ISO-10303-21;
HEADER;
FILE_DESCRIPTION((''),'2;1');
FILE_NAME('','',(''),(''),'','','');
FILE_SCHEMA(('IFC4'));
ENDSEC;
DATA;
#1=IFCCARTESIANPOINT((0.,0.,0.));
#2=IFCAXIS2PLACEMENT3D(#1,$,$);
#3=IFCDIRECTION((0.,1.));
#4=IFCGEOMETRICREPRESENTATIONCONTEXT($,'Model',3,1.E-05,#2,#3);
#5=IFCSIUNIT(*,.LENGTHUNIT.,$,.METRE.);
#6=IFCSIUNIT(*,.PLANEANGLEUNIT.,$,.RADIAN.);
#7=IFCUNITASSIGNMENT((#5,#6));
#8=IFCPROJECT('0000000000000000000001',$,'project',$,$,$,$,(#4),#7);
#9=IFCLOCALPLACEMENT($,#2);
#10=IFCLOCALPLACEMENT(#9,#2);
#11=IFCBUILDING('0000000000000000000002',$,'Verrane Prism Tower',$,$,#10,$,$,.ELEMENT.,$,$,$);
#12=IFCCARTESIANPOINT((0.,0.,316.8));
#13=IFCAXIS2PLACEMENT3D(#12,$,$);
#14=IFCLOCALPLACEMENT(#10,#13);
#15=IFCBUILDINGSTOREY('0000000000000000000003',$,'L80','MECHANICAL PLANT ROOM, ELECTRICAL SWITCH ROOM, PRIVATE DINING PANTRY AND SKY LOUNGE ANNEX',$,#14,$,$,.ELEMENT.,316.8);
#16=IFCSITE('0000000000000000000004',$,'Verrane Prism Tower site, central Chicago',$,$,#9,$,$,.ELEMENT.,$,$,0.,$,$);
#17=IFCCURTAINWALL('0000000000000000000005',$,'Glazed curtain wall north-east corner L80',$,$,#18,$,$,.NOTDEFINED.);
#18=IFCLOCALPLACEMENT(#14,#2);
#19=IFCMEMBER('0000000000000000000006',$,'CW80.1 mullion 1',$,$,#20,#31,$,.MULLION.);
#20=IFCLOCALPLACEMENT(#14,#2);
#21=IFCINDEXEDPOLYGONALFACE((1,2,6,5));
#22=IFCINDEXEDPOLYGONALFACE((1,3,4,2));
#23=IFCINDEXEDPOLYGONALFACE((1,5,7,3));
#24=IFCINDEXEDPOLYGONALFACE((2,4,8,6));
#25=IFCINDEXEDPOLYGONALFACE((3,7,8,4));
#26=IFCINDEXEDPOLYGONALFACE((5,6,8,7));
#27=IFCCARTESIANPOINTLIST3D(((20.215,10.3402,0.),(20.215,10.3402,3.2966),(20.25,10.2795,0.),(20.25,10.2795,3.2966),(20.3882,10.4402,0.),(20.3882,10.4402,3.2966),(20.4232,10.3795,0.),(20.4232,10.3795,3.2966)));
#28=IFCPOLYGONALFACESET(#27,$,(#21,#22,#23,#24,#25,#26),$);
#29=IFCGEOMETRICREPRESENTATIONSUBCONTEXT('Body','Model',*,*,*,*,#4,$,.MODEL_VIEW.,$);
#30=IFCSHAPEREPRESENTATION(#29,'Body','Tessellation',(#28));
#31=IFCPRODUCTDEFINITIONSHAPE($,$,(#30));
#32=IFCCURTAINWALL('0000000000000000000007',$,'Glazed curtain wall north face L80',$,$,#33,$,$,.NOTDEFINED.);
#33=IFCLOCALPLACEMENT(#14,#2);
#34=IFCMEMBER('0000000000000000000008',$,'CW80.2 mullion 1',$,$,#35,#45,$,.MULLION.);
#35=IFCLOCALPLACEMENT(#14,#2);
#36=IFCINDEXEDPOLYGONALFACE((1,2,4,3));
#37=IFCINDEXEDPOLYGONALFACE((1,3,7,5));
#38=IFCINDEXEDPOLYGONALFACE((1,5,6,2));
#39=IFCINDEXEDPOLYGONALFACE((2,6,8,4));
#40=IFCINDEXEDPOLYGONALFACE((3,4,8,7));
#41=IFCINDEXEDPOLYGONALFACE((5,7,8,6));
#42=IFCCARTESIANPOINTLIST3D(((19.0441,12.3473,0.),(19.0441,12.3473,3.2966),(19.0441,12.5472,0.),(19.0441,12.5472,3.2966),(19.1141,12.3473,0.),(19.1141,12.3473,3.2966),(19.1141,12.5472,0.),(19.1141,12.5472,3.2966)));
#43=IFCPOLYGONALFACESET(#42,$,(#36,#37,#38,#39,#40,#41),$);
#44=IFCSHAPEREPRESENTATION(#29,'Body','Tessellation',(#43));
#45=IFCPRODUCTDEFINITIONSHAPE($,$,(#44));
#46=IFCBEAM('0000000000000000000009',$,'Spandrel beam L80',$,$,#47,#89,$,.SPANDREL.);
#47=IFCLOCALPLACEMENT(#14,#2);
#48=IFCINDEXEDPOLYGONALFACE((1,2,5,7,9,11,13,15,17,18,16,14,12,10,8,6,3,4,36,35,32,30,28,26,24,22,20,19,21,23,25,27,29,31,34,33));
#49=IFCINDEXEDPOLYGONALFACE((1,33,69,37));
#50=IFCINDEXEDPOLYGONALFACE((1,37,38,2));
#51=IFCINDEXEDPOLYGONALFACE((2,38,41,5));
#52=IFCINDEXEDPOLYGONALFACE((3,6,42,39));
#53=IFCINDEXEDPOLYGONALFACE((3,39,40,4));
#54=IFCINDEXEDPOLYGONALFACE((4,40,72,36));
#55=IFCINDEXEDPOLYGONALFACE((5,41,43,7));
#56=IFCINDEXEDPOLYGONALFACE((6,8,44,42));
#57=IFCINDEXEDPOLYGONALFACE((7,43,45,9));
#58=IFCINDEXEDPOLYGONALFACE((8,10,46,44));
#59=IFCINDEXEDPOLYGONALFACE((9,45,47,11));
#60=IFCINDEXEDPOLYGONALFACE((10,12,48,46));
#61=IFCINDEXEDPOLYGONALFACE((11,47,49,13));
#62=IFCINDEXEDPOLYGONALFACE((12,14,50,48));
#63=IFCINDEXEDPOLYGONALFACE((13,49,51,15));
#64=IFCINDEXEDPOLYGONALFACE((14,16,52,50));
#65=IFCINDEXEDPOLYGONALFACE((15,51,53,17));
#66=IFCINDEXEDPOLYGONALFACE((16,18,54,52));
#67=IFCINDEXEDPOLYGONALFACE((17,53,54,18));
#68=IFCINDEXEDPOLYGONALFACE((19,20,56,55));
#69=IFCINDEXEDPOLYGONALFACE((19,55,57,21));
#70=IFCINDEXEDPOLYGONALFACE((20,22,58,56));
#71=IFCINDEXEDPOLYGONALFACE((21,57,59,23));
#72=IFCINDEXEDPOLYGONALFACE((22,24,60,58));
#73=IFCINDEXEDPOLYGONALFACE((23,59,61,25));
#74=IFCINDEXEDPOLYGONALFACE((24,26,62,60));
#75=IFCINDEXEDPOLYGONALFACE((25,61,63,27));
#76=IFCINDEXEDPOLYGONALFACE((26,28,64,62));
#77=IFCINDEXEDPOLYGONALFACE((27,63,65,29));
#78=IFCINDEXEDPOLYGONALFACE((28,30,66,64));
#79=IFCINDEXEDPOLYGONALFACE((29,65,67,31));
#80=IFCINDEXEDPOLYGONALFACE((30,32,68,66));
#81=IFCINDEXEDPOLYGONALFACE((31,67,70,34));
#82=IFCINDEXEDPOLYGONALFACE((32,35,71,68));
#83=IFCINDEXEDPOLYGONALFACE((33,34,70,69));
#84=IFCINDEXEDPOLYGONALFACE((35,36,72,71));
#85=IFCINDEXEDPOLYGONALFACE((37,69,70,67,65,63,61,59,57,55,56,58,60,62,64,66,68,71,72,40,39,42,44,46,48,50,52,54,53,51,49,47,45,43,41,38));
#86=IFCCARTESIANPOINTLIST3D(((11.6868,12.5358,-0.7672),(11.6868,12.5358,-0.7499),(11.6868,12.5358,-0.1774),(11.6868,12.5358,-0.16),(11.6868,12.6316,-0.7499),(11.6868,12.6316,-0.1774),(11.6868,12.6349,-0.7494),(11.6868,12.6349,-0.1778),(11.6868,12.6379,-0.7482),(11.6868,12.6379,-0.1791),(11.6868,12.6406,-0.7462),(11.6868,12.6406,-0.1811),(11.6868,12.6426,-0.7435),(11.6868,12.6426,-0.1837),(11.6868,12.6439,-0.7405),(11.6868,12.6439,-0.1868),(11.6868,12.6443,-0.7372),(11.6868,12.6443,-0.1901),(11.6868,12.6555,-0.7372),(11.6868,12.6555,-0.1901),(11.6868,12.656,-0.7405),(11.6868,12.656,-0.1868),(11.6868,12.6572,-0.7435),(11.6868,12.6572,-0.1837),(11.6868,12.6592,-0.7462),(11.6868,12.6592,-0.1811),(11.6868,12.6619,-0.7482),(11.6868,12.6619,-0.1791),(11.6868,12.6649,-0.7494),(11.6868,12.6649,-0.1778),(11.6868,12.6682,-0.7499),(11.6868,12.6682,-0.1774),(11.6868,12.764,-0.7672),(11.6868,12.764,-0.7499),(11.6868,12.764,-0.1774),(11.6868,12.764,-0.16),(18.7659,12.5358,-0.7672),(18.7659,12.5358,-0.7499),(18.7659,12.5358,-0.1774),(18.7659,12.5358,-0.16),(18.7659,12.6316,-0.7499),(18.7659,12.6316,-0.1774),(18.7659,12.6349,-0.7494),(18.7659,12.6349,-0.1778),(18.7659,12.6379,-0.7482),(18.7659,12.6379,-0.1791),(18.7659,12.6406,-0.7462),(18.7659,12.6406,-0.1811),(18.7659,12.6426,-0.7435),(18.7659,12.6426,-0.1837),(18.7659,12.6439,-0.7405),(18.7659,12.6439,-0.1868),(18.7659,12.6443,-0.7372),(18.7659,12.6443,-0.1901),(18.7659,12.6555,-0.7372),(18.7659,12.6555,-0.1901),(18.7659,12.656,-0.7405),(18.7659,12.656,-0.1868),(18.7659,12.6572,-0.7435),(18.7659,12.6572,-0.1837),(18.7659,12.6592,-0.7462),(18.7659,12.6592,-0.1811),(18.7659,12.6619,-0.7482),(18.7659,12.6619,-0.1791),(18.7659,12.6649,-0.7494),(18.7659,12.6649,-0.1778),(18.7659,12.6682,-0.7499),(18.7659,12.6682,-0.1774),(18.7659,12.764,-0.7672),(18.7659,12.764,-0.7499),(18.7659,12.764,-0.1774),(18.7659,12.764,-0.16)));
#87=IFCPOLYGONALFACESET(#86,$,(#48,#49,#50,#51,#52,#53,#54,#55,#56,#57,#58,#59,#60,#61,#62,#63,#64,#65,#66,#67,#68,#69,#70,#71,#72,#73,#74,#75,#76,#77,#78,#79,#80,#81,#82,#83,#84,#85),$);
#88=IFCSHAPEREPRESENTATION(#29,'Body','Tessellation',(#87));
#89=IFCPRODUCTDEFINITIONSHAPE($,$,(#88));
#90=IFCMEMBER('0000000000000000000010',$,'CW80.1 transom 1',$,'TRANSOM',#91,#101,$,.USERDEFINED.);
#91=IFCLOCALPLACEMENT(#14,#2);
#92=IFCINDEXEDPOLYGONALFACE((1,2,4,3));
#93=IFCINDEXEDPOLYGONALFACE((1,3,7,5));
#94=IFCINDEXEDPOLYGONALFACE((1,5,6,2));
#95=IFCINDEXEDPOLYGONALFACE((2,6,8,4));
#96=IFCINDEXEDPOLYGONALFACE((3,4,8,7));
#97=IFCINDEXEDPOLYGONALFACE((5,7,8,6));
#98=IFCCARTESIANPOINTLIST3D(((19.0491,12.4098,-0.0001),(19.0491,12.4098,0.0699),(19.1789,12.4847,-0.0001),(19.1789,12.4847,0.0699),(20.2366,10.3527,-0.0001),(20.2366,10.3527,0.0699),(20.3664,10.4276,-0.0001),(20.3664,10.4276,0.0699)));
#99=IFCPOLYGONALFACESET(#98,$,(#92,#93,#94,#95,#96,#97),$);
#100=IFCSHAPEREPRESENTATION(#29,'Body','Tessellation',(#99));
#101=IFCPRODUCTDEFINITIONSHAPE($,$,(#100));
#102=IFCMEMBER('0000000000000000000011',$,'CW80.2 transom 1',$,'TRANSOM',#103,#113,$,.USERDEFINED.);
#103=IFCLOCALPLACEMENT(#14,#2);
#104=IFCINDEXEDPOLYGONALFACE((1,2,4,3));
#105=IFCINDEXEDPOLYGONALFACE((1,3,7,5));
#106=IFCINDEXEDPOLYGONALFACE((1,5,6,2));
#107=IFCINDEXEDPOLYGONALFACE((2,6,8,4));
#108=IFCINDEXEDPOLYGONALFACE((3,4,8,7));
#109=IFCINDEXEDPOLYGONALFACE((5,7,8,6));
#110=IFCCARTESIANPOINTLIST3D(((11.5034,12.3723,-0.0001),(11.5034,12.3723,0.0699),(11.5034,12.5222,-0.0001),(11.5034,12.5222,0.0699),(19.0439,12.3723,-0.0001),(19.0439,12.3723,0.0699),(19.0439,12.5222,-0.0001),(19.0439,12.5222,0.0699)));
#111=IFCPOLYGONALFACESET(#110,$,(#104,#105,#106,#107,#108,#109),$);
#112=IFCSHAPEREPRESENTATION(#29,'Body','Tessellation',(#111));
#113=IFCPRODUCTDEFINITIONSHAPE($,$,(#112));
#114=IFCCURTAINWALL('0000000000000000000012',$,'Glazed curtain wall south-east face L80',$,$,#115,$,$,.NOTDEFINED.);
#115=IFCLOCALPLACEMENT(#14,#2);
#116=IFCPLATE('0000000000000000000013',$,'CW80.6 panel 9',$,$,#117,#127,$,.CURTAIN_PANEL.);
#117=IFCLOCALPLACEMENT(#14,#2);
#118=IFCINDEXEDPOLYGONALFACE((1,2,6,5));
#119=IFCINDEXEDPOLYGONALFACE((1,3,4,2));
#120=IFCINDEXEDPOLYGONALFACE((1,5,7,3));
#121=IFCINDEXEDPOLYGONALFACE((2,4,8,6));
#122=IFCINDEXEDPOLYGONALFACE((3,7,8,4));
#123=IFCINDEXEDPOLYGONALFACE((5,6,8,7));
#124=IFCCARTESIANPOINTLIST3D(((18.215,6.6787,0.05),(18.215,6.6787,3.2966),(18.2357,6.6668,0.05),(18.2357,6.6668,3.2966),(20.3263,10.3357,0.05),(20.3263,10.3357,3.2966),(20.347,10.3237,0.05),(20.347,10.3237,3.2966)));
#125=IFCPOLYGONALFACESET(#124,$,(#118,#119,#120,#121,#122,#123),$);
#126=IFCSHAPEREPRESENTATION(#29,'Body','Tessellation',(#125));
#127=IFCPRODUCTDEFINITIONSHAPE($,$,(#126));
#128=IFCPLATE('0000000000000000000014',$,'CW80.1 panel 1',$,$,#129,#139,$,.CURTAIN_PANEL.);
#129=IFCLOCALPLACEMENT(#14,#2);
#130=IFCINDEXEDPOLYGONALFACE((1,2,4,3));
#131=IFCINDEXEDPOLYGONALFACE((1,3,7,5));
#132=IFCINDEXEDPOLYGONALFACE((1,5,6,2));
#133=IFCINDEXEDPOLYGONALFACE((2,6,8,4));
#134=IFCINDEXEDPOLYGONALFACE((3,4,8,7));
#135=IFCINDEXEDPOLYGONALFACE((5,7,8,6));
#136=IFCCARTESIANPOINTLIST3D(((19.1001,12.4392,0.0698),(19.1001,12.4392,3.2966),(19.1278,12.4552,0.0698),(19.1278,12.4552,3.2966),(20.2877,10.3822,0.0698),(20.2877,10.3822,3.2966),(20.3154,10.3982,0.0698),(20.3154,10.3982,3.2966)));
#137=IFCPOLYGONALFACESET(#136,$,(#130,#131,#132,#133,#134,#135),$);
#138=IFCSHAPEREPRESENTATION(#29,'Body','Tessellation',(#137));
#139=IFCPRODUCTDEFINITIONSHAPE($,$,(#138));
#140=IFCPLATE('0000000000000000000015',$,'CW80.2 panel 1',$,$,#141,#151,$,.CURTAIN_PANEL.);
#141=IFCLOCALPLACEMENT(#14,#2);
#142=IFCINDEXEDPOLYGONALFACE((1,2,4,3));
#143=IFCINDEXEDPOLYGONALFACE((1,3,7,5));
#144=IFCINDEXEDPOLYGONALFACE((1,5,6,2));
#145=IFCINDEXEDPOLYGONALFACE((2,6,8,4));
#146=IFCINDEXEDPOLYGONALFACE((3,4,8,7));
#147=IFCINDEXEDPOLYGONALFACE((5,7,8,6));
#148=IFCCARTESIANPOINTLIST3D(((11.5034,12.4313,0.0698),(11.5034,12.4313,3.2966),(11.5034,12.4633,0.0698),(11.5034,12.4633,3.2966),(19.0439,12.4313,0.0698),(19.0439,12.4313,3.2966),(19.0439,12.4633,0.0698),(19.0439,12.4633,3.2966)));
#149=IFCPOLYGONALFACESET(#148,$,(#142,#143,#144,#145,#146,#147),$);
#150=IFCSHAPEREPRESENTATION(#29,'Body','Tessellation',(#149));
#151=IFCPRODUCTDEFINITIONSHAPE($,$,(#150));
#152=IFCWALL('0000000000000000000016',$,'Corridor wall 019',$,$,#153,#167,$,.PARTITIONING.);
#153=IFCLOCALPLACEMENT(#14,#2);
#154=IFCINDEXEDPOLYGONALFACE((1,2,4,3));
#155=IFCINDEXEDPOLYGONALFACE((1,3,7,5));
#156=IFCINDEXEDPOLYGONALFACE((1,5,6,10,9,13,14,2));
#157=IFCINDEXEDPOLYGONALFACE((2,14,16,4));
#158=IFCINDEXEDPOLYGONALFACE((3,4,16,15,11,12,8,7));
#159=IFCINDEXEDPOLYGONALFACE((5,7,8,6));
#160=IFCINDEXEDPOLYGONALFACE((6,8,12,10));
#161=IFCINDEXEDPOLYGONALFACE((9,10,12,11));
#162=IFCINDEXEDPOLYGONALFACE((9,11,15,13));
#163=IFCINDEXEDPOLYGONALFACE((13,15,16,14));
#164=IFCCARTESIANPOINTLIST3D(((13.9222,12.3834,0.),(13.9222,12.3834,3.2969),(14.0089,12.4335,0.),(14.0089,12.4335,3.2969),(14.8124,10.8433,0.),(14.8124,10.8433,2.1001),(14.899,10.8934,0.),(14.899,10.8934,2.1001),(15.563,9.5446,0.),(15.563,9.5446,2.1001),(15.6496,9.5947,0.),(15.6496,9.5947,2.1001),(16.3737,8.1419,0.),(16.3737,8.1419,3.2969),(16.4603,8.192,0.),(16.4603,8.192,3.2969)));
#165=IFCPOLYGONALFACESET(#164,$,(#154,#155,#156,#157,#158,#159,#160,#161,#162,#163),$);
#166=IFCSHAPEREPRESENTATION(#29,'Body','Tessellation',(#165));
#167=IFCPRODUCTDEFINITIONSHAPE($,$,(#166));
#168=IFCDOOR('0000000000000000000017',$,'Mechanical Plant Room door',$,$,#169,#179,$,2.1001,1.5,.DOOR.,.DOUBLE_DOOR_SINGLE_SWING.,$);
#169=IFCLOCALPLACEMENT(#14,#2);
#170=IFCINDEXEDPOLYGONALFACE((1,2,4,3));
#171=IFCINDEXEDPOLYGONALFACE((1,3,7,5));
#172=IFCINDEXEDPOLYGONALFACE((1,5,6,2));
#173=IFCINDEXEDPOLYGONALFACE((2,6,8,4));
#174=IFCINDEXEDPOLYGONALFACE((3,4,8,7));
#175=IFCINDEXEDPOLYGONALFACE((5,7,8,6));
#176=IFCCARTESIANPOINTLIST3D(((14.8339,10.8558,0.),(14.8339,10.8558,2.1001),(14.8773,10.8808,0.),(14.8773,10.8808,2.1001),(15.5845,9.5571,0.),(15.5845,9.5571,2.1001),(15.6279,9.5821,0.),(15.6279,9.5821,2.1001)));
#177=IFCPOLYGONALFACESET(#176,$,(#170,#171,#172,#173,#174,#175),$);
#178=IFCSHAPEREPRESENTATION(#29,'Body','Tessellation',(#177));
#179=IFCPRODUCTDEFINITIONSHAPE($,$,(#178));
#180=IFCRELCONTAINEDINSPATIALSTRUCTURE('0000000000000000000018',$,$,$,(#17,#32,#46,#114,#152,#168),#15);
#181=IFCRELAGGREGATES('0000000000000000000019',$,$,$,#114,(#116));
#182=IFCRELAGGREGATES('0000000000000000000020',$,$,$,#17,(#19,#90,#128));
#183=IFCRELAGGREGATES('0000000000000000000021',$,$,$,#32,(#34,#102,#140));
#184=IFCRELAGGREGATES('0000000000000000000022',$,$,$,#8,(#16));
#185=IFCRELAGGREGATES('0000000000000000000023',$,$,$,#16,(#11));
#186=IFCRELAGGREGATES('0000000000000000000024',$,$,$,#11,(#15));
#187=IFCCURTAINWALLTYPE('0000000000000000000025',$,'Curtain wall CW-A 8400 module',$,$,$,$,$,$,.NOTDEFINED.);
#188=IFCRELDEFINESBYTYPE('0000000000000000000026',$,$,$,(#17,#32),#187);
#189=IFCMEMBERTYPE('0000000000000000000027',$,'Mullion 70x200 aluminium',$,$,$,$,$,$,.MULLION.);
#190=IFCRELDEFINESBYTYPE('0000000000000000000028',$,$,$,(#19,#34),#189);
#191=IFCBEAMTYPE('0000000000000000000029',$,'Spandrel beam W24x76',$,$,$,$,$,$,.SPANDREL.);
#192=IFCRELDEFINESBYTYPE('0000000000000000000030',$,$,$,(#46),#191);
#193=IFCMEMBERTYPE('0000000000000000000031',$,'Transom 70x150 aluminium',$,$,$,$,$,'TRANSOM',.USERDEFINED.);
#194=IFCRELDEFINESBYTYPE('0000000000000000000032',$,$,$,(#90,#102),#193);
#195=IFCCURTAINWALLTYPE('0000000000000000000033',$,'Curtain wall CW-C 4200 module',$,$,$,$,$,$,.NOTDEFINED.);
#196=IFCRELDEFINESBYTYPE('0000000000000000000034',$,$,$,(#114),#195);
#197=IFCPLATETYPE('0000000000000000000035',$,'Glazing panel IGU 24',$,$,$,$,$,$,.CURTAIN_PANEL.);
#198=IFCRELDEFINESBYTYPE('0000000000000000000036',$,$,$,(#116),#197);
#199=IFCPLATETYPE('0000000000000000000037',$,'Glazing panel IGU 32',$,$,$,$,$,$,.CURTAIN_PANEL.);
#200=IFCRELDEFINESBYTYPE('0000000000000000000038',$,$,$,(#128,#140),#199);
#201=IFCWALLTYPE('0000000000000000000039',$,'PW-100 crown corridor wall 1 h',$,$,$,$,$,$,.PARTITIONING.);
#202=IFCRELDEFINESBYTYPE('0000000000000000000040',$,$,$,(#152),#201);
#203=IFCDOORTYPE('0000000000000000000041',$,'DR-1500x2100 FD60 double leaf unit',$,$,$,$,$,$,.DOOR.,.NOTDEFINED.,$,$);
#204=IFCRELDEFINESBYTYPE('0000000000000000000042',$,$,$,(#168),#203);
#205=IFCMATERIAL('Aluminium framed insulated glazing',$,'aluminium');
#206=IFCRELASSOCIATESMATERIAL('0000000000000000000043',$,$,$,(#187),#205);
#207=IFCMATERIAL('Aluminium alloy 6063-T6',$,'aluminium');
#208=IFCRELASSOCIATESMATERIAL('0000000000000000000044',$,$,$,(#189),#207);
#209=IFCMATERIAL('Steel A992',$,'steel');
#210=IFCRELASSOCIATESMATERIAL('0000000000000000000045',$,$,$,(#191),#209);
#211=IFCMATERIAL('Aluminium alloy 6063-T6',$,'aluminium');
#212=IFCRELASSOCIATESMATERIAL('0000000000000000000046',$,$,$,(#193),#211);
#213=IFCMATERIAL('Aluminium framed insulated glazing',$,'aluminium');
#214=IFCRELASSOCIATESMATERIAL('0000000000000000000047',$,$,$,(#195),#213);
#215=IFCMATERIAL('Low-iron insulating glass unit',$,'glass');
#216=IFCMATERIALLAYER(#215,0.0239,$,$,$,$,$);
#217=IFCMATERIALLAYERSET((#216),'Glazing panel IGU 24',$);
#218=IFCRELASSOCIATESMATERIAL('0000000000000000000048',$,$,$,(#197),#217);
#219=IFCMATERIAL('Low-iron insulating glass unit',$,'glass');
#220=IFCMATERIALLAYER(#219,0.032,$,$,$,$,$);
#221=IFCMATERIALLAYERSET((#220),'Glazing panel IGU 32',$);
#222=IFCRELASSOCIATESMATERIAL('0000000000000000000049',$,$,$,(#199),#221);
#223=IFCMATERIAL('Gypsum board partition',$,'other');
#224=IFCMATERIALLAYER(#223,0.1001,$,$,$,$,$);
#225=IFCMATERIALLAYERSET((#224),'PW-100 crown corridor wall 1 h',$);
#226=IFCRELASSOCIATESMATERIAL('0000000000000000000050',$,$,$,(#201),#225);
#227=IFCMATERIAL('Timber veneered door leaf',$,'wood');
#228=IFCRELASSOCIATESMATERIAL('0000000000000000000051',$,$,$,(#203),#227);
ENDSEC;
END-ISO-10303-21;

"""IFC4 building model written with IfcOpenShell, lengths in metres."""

from ifc_helpers import new_model, si_unit, direction, frame, frame_2d, origin, origin_2d, place, context, subcontext, project, spatial, rectangle, i_section, extrude, material, layer, layer_set, material_profile, profile_set, type_object, element, fill, aggregate, save


model = new_model("IFC4")

# Units and contexts
model_context = context("Model", 3, precision=1e-05, world=origin(), true_north=direction((0.0, 1.0)))
body_context = subcontext(model_context, "Body", "Model", "MODEL_VIEW")
ifc_project = project(units=[si_unit("LENGTHUNIT", "METRE"), si_unit("PLANEANGLEUNIT", "RADIAN")], contexts=[model_context])

# Site, building, storey
site_placement = place(None, origin())
site = spatial("IfcSite", under=ifc_project, at=site_placement, Name="Verrane Prism Tower site, central Chicago", CompositionType="ELEMENT", RefElevation=0.0)
building_placement = place(site_placement, origin())
building = spatial("IfcBuilding", under=site, at=building_placement, Name="Verrane Prism Tower", CompositionType="ELEMENT")
storey_placement = place(building_placement, frame((0.0, 0.0, 316.8)))
storey = spatial("IfcBuildingStorey", under=building, at=storey_placement, Name="L80", Description="MECHANICAL PLANT ROOM, ELECTRICAL SWITCH ROOM, PRIVATE DINING PANTRY AND SKY LOUNGE ANNEX", CompositionType="ELEMENT", Elevation=316.8)

# Curtain walls, members
ifc_material_1 = material(Name="Aluminium framed insulated glazing", Category="aluminium")
curtain_wall_type_1 = type_object("IfcCurtainWallType", Name="Curtain wall CW-A 8400 module", PredefinedType="NOTDEFINED", material=ifc_material_1)
curtain_wall_1_placement = place(storey_placement, origin())
curtain_wall_1 = element("IfcCurtainWall", 1, at=curtain_wall_1_placement, inside=storey, type_object=curtain_wall_type_1, Name="Glazed curtain wall north-east corner L80", PredefinedType="NOTDEFINED")
ifc_material_2 = material(Name="Aluminium alloy 6063-T6", Category="aluminium")
ifc_material_profile_1 = material_profile(ifc_material_2, rectangle(XDim=0.2, YDim=0.0701, at=origin_2d()), Name="Mullion 70x200 aluminium")
ifc_profile_set_1 = profile_set([ifc_material_profile_1], Name="Aluminium alloy 6063-T6")
member_type_1 = type_object("IfcMemberType", Name="Mullion 70x200 aluminium", PredefinedType="MULLION", material=ifc_profile_set_1)
member_1_placement = place(storey_placement, frame((20.3191, 10.3599, 0.0), z_axis=(0.0, 0.0, 1.0), x_axis=(-0.866025, -0.500001, 0.0)))
member_1 = element("IfcMember", 2, at=member_1_placement, type_object=member_type_1, Name="CW80.1 mullion 1", PredefinedType="MULLION", context=body_context, shape_type="SweptSolid", body=[
    extrude(rectangle(XDim=0.2, YDim=0.0701, at=origin_2d()), origin(), (0.0, 0.0, 1.0), 3.2966),
])
curtain_wall_2_placement = place(storey_placement, origin())
curtain_wall_2 = element("IfcCurtainWall", 3, at=curtain_wall_2_placement, inside=storey, type_object=curtain_wall_type_1, Name="Glazed curtain wall north face L80", PredefinedType="NOTDEFINED")
member_2_placement = place(storey_placement, frame((19.0791, 12.4473, 0.0), z_axis=(0.0, 0.0, 1.0), x_axis=(0.0, -1.0, 0.0)))
member_2 = element("IfcMember", 4, at=member_2_placement, type_object=member_type_1, Name="CW80.2 mullion 1", PredefinedType="MULLION", context=body_context, shape_type="SweptSolid", body=[
    extrude(rectangle(XDim=0.2, YDim=0.0701, at=origin_2d()), origin(), (0.0, 0.0, 1.0), 3.2966),
])

# Beam
ifc_material_3 = material(Name="Steel A992", Category="steel")
ifc_material_profile_2 = material_profile(ifc_material_3, i_section(OverallWidth=0.2283, OverallDepth=0.6072, WebThickness=0.0112, FlangeThickness=0.0173, FilletRadius=0.0127, at=origin_2d()), Name="W24x76")
ifc_profile_set_2 = profile_set([ifc_material_profile_2], Name="Steel A992")
beam_type_1 = type_object("IfcBeamType", Name="Spandrel beam W24x76", PredefinedType="SPANDREL", material=ifc_profile_set_2)
beam_1_placement = place(storey_placement, frame((18.7659, 12.6499, -0.4636), z_axis=(-1.0, 0.0, 0.0), x_axis=(0.0, -1.0, 0.0)))
element("IfcBeam", 5, at=beam_1_placement, inside=storey, type_object=beam_type_1, Name="Spandrel beam L80", PredefinedType="SPANDREL", context=body_context, shape_type="SweptSolid", body=[
    extrude(i_section(OverallWidth=0.2283, OverallDepth=0.6072, WebThickness=0.0112, FlangeThickness=0.0173, FilletRadius=0.0127, at=origin_2d()), origin(), (0.0, 0.0, 1.0), 7.0791),
])

# Members
ifc_material_4 = material(Name="Aluminium alloy 6063-T6", Category="aluminium")
ifc_material_profile_3 = material_profile(ifc_material_4, rectangle(XDim=0.1499, YDim=0.0701, at=origin_2d()), Name="Transom 70x150 aluminium")
ifc_profile_set_3 = profile_set([ifc_material_profile_3], Name="Aluminium alloy 6063-T6")
member_type_2 = type_object("IfcMemberType", Name="Transom 70x150 aluminium", ElementType="TRANSOM", PredefinedType="USERDEFINED", material=ifc_profile_set_3)
member_3_placement = place(storey_placement, frame((20.3015, 10.3901, 0.0349), z_axis=(-0.499942, 0.866059, 0.0), x_axis=(-0.866059, -0.499942, 0.0)))
member_3 = element("IfcMember", 6, at=member_3_placement, type_object=member_type_2, Name="CW80.1 transom 1", ObjectType="TRANSOM", PredefinedType="USERDEFINED", context=body_context, shape_type="SweptSolid", body=[
    extrude(rectangle(XDim=0.1499, YDim=0.0701, at=origin_2d()), origin(), (0.0, 0.0, 1.0), 2.3752),
])
member_4_placement = place(storey_placement, frame((19.0439, 12.4473, 0.0349), z_axis=(-1.0, 0.0, 0.0), x_axis=(0.0, -1.0, 0.0)))
member_4 = element("IfcMember", 7, at=member_4_placement, type_object=member_type_2, Name="CW80.2 transom 1", ObjectType="TRANSOM", PredefinedType="USERDEFINED", context=body_context, shape_type="SweptSolid", body=[
    extrude(rectangle(XDim=0.1499, YDim=0.0701, at=origin_2d()), origin(), (0.0, 0.0, 1.0), 7.5405),
])

# Curtain wall, plate
ifc_material_5 = material(Name="Aluminium framed insulated glazing", Category="aluminium")
curtain_wall_type_2 = type_object("IfcCurtainWallType", Name="Curtain wall CW-C 4200 module", PredefinedType="NOTDEFINED", material=ifc_material_5)
curtain_wall_3_placement = place(storey_placement, origin())
curtain_wall_3 = element("IfcCurtainWall", 8, at=curtain_wall_3_placement, inside=storey, type_object=curtain_wall_type_2, Name="Glazed curtain wall south-east face L80", PredefinedType="NOTDEFINED")
ifc_material_6 = material(Name="Low-iron insulating glass unit", Category="glass")
ifc_layer_1 = layer(ifc_material_6, 0.0239)
ifc_layer_set_1 = layer_set([ifc_layer_1], Name="Glazing panel IGU 24")
plate_type_1 = type_object("IfcPlateType", Name="Glazing panel IGU 24", PredefinedType="CURTAIN_PANEL", material=ifc_layer_set_1)
plate_1_placement = place(storey_placement, frame((19.281, 8.5012, 0.05), z_axis=(0.0, 0.0, 1.0), x_axis=(0.5, 0.866025, 0.0)))
plate_1 = element("IfcPlate", 9, at=plate_1_placement, type_object=plate_type_1, Name="CW80.6 panel 9", PredefinedType="CURTAIN_PANEL", context=body_context, shape_type="SweptSolid", body=[
    extrude(rectangle(XDim=4.2227, YDim=0.0239, at=origin_2d()), origin(), (0.0, 0.0, 1.0), 3.2466),
])
aggregate(curtain_wall_3, [plate_1])

# Plates
ifc_material_7 = material(Name="Low-iron insulating glass unit", Category="glass")
ifc_layer_2 = layer(ifc_material_7, 0.032)
ifc_layer_set_2 = layer_set([ifc_layer_2], Name="Glazing panel IGU 32")
plate_type_2 = type_object("IfcPlateType", Name="Glazing panel IGU 32", PredefinedType="CURTAIN_PANEL", material=ifc_layer_set_2)
plate_2_placement = place(storey_placement, frame((19.7078, 11.4187, 0.0698), z_axis=(0.0, 0.0, 1.0), x_axis=(-0.500001, 0.866025, 0.0)))
plate_2 = element("IfcPlate", 10, at=plate_2_placement, type_object=plate_type_2, Name="CW80.1 panel 1", PredefinedType="CURTAIN_PANEL", context=body_context, shape_type="SweptSolid", body=[
    extrude(rectangle(XDim=2.3752, YDim=0.032, at=origin_2d()), origin(), (0.0, 0.0, 1.0), 3.2268),
])
aggregate(curtain_wall_1, [member_1, member_3, plate_2])
plate_3_placement = place(storey_placement, frame((15.2737, 12.4473, 0.0698), z_axis=(0.0, 0.0, 1.0), x_axis=(-1.0, 0.0, 0.0)))
plate_3 = element("IfcPlate", 11, at=plate_3_placement, type_object=plate_type_2, Name="CW80.2 panel 1", PredefinedType="CURTAIN_PANEL", context=body_context, shape_type="SweptSolid", body=[
    extrude(rectangle(XDim=7.5405, YDim=0.032, at=origin_2d()), origin(), (0.0, 0.0, 1.0), 3.2268),
])
aggregate(curtain_wall_2, [member_2, member_4, plate_3])

# Wall, opening, door
ifc_material_8 = material(Name="Gypsum board partition", Category="other")
ifc_layer_3 = layer(ifc_material_8, 0.1001)
ifc_layer_set_3 = layer_set([ifc_layer_3], Name="PW-100 crown corridor wall 1 h")
wall_type = type_object("IfcWallType", Name="PW-100 crown corridor wall 1 h", PredefinedType="PARTITIONING", material=ifc_layer_set_3)
wall_placement = place(storey_placement, frame((13.9656, 12.4084, 0.0), z_axis=(0.0, 0.0, 1.0), x_axis=(0.5004, -0.865795, 0.0)))
wall = element("IfcWall", 12, at=wall_placement, inside=storey, type_object=wall_type, Name="Corridor wall 019", PredefinedType="PARTITIONING", context=body_context, shape_type="SweptSolid", body=[
    extrude(rectangle(XDim=4.8989, YDim=0.1001, at=frame_2d((2.4495, 0.0))), origin(), (0.0, 0.0, 1.0), 3.2969),
])
opening_placement = place(wall_placement, frame((1.7788, 0.0, 0.0)))
opening = element("IfcOpeningElement", 13, at=opening_placement, cuts=wall, PredefinedType="OPENING", context=body_context, shape_type="SweptSolid", body=[
    extrude(rectangle(XDim=1.5, YDim=2.1001, at=frame_2d((0.75, 1.05))), frame((0.0, 0.0601, 0.0), z_axis=(0.0, -1.0, 0.0), x_axis=(1.0, 0.0, 0.0)), (0.0, 0.0, 1.0), 0.1201),
])
ifc_material_9 = material(Name="Timber veneered door leaf", Category="wood")
door_type = type_object("IfcDoorType", Name="DR-1500x2100 FD60 double leaf unit", OperationType="NOTDEFINED", PredefinedType="DOOR", material=ifc_material_9)
door_placement = place(opening_placement, origin())
door = element("IfcDoor", 14, at=door_placement, inside=storey, type_object=door_type, Name="Mechanical Plant Room door", OperationType="DOUBLE_DOOR_SINGLE_SWING", OverallHeight=2.1001, OverallWidth=1.5, PredefinedType="DOOR", context=body_context, shape_type="SweptSolid", body=[
    extrude(rectangle(XDim=1.5, YDim=2.1001, at=frame_2d((0.75, 1.05))), frame((0.0, 0.0249, 0.0), z_axis=(0.0, -1.0, 0.0), x_axis=(1.0, 0.0, 0.0)), (0.0, 0.0, 1.0), 0.05),
])
fill(opening, door)

save(model, "model.ifc")
